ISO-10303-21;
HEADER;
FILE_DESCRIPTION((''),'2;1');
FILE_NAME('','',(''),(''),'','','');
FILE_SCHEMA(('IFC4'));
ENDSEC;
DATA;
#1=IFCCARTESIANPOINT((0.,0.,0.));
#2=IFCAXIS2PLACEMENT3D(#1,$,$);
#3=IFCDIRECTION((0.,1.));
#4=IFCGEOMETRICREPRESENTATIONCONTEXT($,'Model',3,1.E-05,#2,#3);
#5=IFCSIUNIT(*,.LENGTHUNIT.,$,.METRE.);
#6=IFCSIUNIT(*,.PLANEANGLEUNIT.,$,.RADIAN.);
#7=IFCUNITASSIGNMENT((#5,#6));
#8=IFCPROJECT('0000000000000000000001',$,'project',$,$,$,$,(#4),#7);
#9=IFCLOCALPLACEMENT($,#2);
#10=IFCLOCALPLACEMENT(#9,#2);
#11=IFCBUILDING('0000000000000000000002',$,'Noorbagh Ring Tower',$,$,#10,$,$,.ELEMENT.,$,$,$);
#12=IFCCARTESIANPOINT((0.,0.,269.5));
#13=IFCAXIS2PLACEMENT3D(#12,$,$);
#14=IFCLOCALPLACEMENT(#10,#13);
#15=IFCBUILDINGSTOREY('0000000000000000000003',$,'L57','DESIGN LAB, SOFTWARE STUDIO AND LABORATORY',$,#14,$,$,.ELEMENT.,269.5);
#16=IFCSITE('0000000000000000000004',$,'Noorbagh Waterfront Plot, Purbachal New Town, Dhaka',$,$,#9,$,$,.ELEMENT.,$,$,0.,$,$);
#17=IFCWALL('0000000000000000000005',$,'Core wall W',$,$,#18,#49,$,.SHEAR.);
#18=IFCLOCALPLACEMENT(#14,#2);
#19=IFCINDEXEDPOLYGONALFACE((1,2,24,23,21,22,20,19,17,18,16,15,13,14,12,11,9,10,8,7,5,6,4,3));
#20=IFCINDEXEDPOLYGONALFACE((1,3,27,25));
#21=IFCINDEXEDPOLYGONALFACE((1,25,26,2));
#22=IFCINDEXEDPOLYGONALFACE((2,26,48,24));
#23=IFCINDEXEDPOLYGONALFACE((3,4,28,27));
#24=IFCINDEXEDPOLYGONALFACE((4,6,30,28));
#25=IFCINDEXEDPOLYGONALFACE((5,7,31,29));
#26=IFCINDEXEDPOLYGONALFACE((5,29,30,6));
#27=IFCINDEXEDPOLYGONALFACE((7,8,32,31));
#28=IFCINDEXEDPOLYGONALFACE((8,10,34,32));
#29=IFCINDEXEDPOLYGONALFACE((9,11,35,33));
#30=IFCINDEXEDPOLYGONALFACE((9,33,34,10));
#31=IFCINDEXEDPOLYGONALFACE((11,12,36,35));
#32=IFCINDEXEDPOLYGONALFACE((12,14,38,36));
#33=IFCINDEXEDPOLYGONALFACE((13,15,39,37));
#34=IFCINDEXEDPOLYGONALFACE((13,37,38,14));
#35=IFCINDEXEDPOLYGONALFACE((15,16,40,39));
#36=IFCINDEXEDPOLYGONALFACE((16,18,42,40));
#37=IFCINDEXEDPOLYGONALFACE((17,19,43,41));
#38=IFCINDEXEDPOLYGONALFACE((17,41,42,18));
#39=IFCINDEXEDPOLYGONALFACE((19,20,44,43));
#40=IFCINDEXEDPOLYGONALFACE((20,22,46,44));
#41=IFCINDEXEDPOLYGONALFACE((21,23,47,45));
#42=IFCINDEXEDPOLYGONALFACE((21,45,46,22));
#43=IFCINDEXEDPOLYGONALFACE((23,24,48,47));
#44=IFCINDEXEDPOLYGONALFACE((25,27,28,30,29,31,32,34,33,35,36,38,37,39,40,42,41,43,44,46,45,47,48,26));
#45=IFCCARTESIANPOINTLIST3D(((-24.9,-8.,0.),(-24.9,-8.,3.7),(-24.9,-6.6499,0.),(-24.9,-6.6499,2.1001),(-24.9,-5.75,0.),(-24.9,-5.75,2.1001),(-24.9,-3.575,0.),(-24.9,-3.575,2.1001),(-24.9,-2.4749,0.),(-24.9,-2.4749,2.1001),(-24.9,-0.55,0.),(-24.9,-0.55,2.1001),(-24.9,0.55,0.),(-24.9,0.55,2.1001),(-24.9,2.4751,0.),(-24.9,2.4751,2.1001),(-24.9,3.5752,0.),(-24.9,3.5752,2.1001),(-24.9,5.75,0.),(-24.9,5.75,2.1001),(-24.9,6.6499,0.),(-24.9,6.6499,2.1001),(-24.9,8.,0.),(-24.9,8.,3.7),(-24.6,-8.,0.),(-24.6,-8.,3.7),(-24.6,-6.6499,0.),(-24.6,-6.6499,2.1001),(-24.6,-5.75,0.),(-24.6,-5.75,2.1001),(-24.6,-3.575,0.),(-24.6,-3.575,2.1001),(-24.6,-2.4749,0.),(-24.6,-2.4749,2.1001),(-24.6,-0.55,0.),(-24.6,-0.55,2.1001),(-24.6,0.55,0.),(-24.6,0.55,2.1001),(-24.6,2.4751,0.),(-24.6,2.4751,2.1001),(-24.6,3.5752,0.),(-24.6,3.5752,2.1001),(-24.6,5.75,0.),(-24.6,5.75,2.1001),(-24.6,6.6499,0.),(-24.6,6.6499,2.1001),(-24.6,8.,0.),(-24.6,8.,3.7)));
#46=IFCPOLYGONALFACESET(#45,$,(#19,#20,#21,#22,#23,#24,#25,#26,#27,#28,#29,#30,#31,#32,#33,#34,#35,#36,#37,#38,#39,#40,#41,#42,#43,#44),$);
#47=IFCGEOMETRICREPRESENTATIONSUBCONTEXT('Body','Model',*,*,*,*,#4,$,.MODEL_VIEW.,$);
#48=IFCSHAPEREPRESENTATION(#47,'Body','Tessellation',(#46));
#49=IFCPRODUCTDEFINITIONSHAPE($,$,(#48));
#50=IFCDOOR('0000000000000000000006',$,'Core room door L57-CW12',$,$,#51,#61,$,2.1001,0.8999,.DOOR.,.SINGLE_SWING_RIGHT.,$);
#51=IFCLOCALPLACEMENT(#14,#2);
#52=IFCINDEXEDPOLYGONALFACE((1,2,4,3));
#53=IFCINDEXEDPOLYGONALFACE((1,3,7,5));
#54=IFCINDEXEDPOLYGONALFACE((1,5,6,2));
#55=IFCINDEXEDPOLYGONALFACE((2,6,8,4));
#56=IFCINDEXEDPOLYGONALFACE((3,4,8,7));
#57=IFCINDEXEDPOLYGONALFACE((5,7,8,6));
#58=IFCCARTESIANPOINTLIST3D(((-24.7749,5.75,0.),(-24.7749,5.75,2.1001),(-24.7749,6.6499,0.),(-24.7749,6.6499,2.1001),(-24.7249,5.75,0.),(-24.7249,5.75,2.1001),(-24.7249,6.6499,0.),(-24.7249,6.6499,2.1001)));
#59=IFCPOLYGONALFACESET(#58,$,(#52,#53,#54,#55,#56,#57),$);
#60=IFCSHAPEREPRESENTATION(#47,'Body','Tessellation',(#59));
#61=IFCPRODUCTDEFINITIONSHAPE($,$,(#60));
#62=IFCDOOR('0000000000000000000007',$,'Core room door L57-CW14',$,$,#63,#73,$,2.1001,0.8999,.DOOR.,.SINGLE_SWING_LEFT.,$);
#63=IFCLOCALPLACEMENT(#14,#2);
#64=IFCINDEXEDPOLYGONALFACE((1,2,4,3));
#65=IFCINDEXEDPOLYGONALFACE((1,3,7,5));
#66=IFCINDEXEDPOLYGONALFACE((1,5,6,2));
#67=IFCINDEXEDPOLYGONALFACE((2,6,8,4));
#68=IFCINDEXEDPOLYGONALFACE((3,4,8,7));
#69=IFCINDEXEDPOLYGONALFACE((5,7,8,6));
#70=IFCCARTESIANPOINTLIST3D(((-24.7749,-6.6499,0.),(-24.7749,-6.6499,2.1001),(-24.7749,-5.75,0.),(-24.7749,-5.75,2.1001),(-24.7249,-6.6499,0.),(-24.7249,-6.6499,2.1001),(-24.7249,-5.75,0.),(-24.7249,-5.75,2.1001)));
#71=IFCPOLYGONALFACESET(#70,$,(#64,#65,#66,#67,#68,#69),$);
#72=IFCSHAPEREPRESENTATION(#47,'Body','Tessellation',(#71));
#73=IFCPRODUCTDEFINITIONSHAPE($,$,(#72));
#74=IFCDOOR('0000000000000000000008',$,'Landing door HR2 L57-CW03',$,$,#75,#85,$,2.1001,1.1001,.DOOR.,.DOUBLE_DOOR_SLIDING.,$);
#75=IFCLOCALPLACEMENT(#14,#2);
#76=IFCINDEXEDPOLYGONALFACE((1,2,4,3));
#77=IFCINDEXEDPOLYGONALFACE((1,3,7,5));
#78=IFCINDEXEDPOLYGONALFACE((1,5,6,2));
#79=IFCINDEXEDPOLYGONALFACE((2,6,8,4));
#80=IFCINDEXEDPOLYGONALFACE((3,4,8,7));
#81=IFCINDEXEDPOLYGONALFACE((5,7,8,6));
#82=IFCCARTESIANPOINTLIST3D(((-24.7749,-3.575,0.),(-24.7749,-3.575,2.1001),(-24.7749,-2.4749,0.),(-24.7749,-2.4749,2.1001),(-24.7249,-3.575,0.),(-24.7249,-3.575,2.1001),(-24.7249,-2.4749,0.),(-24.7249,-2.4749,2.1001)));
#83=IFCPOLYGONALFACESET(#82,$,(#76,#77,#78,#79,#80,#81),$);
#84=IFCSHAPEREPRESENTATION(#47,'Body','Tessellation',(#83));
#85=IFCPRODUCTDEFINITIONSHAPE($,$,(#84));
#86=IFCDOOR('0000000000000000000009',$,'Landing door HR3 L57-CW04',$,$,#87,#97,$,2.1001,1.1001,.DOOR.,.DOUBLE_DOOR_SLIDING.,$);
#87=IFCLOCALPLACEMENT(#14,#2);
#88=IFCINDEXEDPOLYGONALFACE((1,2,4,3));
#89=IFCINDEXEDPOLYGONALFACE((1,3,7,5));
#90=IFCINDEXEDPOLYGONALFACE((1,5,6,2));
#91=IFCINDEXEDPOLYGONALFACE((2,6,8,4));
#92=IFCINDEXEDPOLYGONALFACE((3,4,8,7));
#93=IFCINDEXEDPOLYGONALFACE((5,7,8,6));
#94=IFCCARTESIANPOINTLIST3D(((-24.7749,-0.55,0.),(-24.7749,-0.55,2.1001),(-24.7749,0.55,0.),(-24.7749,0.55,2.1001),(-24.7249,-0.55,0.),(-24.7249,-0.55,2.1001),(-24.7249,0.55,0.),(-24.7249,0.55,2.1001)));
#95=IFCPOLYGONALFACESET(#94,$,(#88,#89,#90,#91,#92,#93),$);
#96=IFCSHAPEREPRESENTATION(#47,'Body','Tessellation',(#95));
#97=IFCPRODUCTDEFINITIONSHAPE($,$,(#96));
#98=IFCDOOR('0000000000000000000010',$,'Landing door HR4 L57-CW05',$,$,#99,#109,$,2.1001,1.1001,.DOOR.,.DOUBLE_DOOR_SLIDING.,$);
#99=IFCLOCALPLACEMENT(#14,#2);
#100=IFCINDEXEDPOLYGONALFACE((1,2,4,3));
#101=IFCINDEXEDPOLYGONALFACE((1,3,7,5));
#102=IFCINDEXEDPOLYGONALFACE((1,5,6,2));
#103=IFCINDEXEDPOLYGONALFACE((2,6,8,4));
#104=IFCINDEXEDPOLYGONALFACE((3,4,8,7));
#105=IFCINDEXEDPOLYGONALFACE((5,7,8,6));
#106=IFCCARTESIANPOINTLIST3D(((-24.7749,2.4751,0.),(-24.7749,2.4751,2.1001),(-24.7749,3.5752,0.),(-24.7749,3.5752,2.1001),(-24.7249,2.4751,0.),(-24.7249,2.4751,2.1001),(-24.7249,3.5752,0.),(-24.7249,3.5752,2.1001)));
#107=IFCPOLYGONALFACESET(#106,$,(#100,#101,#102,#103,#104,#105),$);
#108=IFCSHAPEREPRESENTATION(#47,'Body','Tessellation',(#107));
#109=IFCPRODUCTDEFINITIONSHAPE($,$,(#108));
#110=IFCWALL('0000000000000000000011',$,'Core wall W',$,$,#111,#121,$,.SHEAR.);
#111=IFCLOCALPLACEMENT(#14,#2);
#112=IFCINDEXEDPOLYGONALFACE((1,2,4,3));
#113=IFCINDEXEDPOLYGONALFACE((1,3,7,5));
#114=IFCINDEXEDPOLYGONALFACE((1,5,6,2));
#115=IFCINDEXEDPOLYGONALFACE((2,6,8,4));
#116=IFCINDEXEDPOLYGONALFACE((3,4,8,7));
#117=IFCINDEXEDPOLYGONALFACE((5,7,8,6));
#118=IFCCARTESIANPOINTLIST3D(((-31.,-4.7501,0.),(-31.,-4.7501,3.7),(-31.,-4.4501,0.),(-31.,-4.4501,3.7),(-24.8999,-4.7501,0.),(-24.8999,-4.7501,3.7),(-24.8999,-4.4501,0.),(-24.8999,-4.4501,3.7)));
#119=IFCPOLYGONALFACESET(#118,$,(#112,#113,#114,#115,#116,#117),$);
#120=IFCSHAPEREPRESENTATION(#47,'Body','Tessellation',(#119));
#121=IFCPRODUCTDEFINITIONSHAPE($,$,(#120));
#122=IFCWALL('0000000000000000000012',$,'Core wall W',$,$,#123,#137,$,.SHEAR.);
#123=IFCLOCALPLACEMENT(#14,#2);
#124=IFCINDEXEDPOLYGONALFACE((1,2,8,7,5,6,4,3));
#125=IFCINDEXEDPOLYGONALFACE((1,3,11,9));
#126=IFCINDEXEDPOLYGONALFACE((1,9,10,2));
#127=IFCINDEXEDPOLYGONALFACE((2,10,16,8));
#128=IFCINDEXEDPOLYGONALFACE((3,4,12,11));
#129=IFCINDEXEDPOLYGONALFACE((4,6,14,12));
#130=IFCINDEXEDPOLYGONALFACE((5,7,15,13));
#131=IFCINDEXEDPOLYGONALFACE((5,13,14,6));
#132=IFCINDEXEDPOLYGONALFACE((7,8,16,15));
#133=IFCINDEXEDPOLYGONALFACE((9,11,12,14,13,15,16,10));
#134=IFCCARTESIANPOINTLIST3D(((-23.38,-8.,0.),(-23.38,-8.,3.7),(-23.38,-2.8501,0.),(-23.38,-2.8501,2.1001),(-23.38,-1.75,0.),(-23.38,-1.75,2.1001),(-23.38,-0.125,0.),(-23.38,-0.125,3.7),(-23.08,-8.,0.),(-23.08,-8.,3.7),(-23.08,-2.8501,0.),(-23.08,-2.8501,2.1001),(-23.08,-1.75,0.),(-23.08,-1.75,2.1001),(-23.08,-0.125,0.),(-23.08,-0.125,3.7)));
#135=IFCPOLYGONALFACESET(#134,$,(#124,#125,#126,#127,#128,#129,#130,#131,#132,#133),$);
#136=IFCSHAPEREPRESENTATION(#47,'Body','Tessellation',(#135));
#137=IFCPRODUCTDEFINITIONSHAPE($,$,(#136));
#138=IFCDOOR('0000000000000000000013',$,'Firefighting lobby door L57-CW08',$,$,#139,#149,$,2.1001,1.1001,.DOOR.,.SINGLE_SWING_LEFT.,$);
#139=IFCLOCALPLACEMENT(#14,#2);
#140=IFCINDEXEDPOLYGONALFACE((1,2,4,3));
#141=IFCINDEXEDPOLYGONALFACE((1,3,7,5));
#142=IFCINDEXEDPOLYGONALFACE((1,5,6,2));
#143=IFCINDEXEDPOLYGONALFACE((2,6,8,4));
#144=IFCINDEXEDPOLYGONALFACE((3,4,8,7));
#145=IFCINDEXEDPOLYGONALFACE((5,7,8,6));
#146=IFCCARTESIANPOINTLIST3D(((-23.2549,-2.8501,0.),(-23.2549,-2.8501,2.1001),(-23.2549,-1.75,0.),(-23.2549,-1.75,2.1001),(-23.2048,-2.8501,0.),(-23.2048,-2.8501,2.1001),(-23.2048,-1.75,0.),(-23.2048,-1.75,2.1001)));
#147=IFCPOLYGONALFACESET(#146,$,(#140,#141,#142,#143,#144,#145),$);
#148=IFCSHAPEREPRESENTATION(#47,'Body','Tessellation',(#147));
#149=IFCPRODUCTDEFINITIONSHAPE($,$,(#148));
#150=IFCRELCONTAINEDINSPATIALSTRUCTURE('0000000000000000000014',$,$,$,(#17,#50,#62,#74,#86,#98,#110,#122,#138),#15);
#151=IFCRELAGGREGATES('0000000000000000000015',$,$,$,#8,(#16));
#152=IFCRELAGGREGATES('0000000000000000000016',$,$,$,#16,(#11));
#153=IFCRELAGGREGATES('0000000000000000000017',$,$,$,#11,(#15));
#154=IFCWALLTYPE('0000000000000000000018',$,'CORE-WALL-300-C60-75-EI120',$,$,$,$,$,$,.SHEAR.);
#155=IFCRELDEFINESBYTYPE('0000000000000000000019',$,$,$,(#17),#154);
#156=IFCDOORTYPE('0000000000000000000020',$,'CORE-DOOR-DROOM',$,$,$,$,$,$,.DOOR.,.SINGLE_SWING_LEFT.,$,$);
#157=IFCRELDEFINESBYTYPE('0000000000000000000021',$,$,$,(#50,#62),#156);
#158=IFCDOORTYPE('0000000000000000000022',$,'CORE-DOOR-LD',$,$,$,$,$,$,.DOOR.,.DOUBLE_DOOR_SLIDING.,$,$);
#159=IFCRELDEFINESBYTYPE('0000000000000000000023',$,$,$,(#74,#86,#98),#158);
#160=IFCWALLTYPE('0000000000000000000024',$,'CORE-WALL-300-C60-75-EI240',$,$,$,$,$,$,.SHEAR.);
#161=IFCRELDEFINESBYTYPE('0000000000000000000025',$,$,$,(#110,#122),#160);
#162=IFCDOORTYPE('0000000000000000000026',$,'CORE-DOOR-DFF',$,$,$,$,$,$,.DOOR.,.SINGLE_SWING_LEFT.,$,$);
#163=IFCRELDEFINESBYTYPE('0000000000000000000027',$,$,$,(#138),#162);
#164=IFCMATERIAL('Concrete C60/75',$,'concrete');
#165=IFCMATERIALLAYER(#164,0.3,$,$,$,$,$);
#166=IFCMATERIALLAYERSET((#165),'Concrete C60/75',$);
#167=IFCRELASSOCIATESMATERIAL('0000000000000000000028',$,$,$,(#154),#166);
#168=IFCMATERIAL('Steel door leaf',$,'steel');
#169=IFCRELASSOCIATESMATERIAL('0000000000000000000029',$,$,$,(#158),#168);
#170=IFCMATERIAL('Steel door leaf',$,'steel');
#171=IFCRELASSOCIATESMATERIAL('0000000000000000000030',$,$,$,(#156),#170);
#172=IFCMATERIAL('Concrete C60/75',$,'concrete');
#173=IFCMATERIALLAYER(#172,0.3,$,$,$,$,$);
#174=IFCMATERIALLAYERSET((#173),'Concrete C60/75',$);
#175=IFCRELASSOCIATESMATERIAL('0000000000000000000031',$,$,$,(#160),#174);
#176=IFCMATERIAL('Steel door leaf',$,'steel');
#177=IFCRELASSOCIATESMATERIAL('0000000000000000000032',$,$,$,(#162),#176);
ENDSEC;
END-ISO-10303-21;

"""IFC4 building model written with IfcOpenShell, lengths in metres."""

from ifc_helpers import new_model, si_unit, direction, frame, frame_2d, origin, place, context, subcontext, project, spatial, rectangle, extrude, material, layer, layer_set, type_object, element, fill, save


model = new_model("IFC4")

# Units and contexts
model_context = context("Model", 3, precision=1e-05, world=origin(), true_north=direction((0.0, 1.0)))
body_context = subcontext(model_context, "Body", "Model", "MODEL_VIEW")
ifc_project = project(units=[si_unit("LENGTHUNIT", "METRE"), si_unit("PLANEANGLEUNIT", "RADIAN")], contexts=[model_context])

# Site, building, storey
site_placement = place(None, origin())
site = spatial("IfcSite", under=ifc_project, at=site_placement, Name="Noorbagh Waterfront Plot, Purbachal New Town, Dhaka", CompositionType="ELEMENT", RefElevation=0.0)
building_placement = place(site_placement, origin())
building = spatial("IfcBuilding", under=site, at=building_placement, Name="Noorbagh Ring Tower", CompositionType="ELEMENT")
storey_placement = place(building_placement, frame((0.0, 0.0, 269.5)))
storey = spatial("IfcBuildingStorey", under=building, at=storey_placement, Name="L57", Description="DESIGN LAB, SOFTWARE STUDIO AND LABORATORY", CompositionType="ELEMENT", Elevation=269.5)

# Shared definitions
ifc_material_1 = material(Name="Concrete C60/75", Category="concrete")
ifc_layer_1 = layer(ifc_material_1, 0.3)
ifc_layer_set_1 = layer_set([ifc_layer_1], Name="Concrete C60/75")
wall_type_1 = type_object("IfcWallType", Name="CORE-WALL-300-C60-75-EI120", PredefinedType="SHEAR", material=ifc_layer_set_1)

# Wall, openings, doors
ifc_material_2 = material(Name="Steel door leaf", Category="steel")
door_type_1 = type_object("IfcDoorType", Name="CORE-DOOR-LD", OperationType="DOUBLE_DOOR_SLIDING", PredefinedType="DOOR", material=ifc_material_2)
wall_1_placement = place(storey_placement, frame((-24.75, -8.0, 0.0), z_axis=(0.0, 0.0, 1.0), x_axis=(0.0, 1.0, 0.0)))
wall_1 = element("IfcWall", 1, at=wall_1_placement, inside=storey, type_object=wall_type_1, Name="Core wall W", PredefinedType="SHEAR", context=body_context, shape_type="SweptSolid", body=[
    extrude(rectangle(XDim=16.0, YDim=0.3, at=frame_2d((8.0, 0.0))), origin(), (0.0, 0.0, 1.0), 3.7),
])
opening_1_placement = place(wall_1_placement, frame((4.425, 0.0, 0.0)))
opening_1 = element("IfcOpeningElement", 2, at=opening_1_placement, cuts=wall_1, PredefinedType="OPENING", context=body_context, shape_type="SweptSolid", body=[
    extrude(rectangle(XDim=1.1001, YDim=2.1001, at=frame_2d((0.55, 1.05))), frame((0.0, 0.1602, 0.0), z_axis=(0.0, -1.0, 0.0), x_axis=(1.0, 0.0, 0.0)), (0.0, 0.0, 1.0), 0.3201),
])
opening_2_placement = place(wall_1_placement, frame((7.45, 0.0, 0.0)))
opening_2 = element("IfcOpeningElement", 3, at=opening_2_placement, cuts=wall_1, PredefinedType="OPENING", context=body_context, shape_type="SweptSolid", body=[
    extrude(rectangle(XDim=1.1001, YDim=2.1001, at=frame_2d((0.55, 1.05))), frame((0.0, 0.1602, 0.0), z_axis=(0.0, -1.0, 0.0), x_axis=(1.0, 0.0, 0.0)), (0.0, 0.0, 1.0), 0.3201),
])
opening_3_placement = place(wall_1_placement, frame((10.4751, 0.0, 0.0)))
opening_3 = element("IfcOpeningElement", 4, at=opening_3_placement, cuts=wall_1, PredefinedType="OPENING", context=body_context, shape_type="SweptSolid", body=[
    extrude(rectangle(XDim=1.1001, YDim=2.1001, at=frame_2d((0.55, 1.05))), frame((0.0, 0.1602, 0.0), z_axis=(0.0, -1.0, 0.0), x_axis=(1.0, 0.0, 0.0)), (0.0, 0.0, 1.0), 0.3201),
])
opening_4_placement = place(wall_1_placement, frame((13.75, 0.0, 0.0)))
opening_4 = element("IfcOpeningElement", 5, at=opening_4_placement, cuts=wall_1, PredefinedType="OPENING", context=body_context, shape_type="SweptSolid", body=[
    extrude(rectangle(XDim=0.8999, YDim=2.1001, at=frame_2d((0.45, 1.05))), frame((0.0, 0.1602, 0.0), z_axis=(0.0, -1.0, 0.0), x_axis=(1.0, 0.0, 0.0)), (0.0, 0.0, 1.0), 0.3201),
])
opening_5_placement = place(wall_1_placement, frame((1.3501, 0.0, 0.0)))
opening_5 = element("IfcOpeningElement", 6, at=opening_5_placement, cuts=wall_1, PredefinedType="OPENING", context=body_context, shape_type="SweptSolid", body=[
    extrude(rectangle(XDim=0.8999, YDim=2.1001, at=frame_2d((0.45, 1.05))), frame((0.0, 0.1602, 0.0), z_axis=(0.0, -1.0, 0.0), x_axis=(1.0, 0.0, 0.0)), (0.0, 0.0, 1.0), 0.3201),
])
ifc_material_3 = material(Name="Steel door leaf", Category="steel")
door_type_2 = type_object("IfcDoorType", Name="CORE-DOOR-DROOM", OperationType="SINGLE_SWING_LEFT", PredefinedType="DOOR", material=ifc_material_3)
door_1_placement = place(opening_4_placement, origin())
door_1 = element("IfcDoor", 7, at=door_1_placement, inside=storey, type_object=door_type_2, Name="Core room door L57-CW12", OperationType="SINGLE_SWING_RIGHT", OverallHeight=2.1001, OverallWidth=0.8999, PredefinedType="DOOR", context=body_context, shape_type="SweptSolid", body=[
    extrude(rectangle(XDim=0.8999, YDim=2.1001, at=frame_2d((0.45, 1.05))), frame((0.0, 0.0249, 0.0), z_axis=(0.0, -1.0, 0.0), x_axis=(1.0, 0.0, 0.0)), (0.0, 0.0, 1.0), 0.05),
])
fill(opening_4, door_1)
door_2_placement = place(opening_5_placement, origin())
door_2 = element("IfcDoor", 8, at=door_2_placement, inside=storey, type_object=door_type_2, Name="Core room door L57-CW14", OperationType="SINGLE_SWING_LEFT", OverallHeight=2.1001, OverallWidth=0.8999, PredefinedType="DOOR", context=body_context, shape_type="SweptSolid", body=[
    extrude(rectangle(XDim=0.8999, YDim=2.1001, at=frame_2d((0.45, 1.05))), frame((0.0, 0.0249, 0.0), z_axis=(0.0, -1.0, 0.0), x_axis=(1.0, 0.0, 0.0)), (0.0, 0.0, 1.0), 0.05),
])
fill(opening_5, door_2)
door_3_placement = place(opening_1_placement, origin())
door_3 = element("IfcDoor", 9, at=door_3_placement, inside=storey, type_object=door_type_1, Name="Landing door HR2 L57-CW03", OperationType="DOUBLE_DOOR_SLIDING", OverallHeight=2.1001, OverallWidth=1.1001, PredefinedType="DOOR", context=body_context, shape_type="SweptSolid", body=[
    extrude(rectangle(XDim=1.1001, YDim=2.1001, at=frame_2d((0.55, 1.05))), frame((0.0, 0.0249, 0.0), z_axis=(0.0, -1.0, 0.0), x_axis=(1.0, 0.0, 0.0)), (0.0, 0.0, 1.0), 0.05),
])
fill(opening_1, door_3)
door_4_placement = place(opening_2_placement, origin())
door_4 = element("IfcDoor", 10, at=door_4_placement, inside=storey, type_object=door_type_1, Name="Landing door HR3 L57-CW04", OperationType="DOUBLE_DOOR_SLIDING", OverallHeight=2.1001, OverallWidth=1.1001, PredefinedType="DOOR", context=body_context, shape_type="SweptSolid", body=[
    extrude(rectangle(XDim=1.1001, YDim=2.1001, at=frame_2d((0.55, 1.05))), frame((0.0, 0.0249, 0.0), z_axis=(0.0, -1.0, 0.0), x_axis=(1.0, 0.0, 0.0)), (0.0, 0.0, 1.0), 0.05),
])
fill(opening_2, door_4)
door_5_placement = place(opening_3_placement, origin())
door_5 = element("IfcDoor", 11, at=door_5_placement, inside=storey, type_object=door_type_1, Name="Landing door HR4 L57-CW05", OperationType="DOUBLE_DOOR_SLIDING", OverallHeight=2.1001, OverallWidth=1.1001, PredefinedType="DOOR", context=body_context, shape_type="SweptSolid", body=[
    extrude(rectangle(XDim=1.1001, YDim=2.1001, at=frame_2d((0.55, 1.05))), frame((0.0, 0.0249, 0.0), z_axis=(0.0, -1.0, 0.0), x_axis=(1.0, 0.0, 0.0)), (0.0, 0.0, 1.0), 0.05),
])
fill(opening_3, door_5)

# Wall
ifc_material_4 = material(Name="Concrete C60/75", Category="concrete")
ifc_layer_2 = layer(ifc_material_4, 0.3)
ifc_layer_set_2 = layer_set([ifc_layer_2], Name="Concrete C60/75")
wall_type_2 = type_object("IfcWallType", Name="CORE-WALL-300-C60-75-EI240", PredefinedType="SHEAR", material=ifc_layer_set_2)
wall_2_placement = place(storey_placement, frame((-24.8999, -4.6001, 0.0), z_axis=(0.0, 0.0, 1.0), x_axis=(-1.0, 0.0, 0.0)))
element("IfcWall", 12, at=wall_2_placement, inside=storey, type_object=wall_type_2, Name="Core wall W", PredefinedType="SHEAR", context=body_context, shape_type="SweptSolid", body=[
    extrude(rectangle(XDim=6.1001, YDim=0.3, at=frame_2d((3.05, 0.0))), origin(), (0.0, 0.0, 1.0), 3.7),
])

# Wall, opening, door
wall_3_placement = place(storey_placement, frame((-23.23, -8.0, 0.0), z_axis=(0.0, 0.0, 1.0), x_axis=(0.0, 1.0, 0.0)))
wall_3 = element("IfcWall", 13, at=wall_3_placement, inside=storey, type_object=wall_type_2, Name="Core wall W", PredefinedType="SHEAR", context=body_context, shape_type="SweptSolid", body=[
    extrude(rectangle(XDim=7.875, YDim=0.3, at=frame_2d((3.9375, 0.0))), origin(), (0.0, 0.0, 1.0), 3.7),
])
opening_6_placement = place(wall_3_placement, frame((5.1499, 0.0, 0.0)))
opening_6 = element("IfcOpeningElement", 14, at=opening_6_placement, cuts=wall_3, PredefinedType="OPENING", context=body_context, shape_type="SweptSolid", body=[
    extrude(rectangle(XDim=1.1001, YDim=2.1001, at=frame_2d((0.55, 1.05))), frame((0.0, 0.1602, 0.0), z_axis=(0.0, -1.0, 0.0), x_axis=(1.0, 0.0, 0.0)), (0.0, 0.0, 1.0), 0.3201),
])
ifc_material_5 = material(Name="Steel door leaf", Category="steel")
door_type_3 = type_object("IfcDoorType", Name="CORE-DOOR-DFF", OperationType="SINGLE_SWING_LEFT", PredefinedType="DOOR", material=ifc_material_5)
door_6_placement = place(opening_6_placement, origin())
door_6 = element("IfcDoor", 15, at=door_6_placement, inside=storey, type_object=door_type_3, Name="Firefighting lobby door L57-CW08", OperationType="SINGLE_SWING_LEFT", OverallHeight=2.1001, OverallWidth=1.1001, PredefinedType="DOOR", context=body_context, shape_type="SweptSolid", body=[
    extrude(rectangle(XDim=1.1001, YDim=2.1001, at=frame_2d((0.55, 1.05))), frame((0.0, 0.0249, 0.0), z_axis=(0.0, -1.0, 0.0), x_axis=(1.0, 0.0, 0.0)), (0.0, 0.0, 1.0), 0.05),
])
fill(opening_6, door_6)

save(model, "model.ifc")
